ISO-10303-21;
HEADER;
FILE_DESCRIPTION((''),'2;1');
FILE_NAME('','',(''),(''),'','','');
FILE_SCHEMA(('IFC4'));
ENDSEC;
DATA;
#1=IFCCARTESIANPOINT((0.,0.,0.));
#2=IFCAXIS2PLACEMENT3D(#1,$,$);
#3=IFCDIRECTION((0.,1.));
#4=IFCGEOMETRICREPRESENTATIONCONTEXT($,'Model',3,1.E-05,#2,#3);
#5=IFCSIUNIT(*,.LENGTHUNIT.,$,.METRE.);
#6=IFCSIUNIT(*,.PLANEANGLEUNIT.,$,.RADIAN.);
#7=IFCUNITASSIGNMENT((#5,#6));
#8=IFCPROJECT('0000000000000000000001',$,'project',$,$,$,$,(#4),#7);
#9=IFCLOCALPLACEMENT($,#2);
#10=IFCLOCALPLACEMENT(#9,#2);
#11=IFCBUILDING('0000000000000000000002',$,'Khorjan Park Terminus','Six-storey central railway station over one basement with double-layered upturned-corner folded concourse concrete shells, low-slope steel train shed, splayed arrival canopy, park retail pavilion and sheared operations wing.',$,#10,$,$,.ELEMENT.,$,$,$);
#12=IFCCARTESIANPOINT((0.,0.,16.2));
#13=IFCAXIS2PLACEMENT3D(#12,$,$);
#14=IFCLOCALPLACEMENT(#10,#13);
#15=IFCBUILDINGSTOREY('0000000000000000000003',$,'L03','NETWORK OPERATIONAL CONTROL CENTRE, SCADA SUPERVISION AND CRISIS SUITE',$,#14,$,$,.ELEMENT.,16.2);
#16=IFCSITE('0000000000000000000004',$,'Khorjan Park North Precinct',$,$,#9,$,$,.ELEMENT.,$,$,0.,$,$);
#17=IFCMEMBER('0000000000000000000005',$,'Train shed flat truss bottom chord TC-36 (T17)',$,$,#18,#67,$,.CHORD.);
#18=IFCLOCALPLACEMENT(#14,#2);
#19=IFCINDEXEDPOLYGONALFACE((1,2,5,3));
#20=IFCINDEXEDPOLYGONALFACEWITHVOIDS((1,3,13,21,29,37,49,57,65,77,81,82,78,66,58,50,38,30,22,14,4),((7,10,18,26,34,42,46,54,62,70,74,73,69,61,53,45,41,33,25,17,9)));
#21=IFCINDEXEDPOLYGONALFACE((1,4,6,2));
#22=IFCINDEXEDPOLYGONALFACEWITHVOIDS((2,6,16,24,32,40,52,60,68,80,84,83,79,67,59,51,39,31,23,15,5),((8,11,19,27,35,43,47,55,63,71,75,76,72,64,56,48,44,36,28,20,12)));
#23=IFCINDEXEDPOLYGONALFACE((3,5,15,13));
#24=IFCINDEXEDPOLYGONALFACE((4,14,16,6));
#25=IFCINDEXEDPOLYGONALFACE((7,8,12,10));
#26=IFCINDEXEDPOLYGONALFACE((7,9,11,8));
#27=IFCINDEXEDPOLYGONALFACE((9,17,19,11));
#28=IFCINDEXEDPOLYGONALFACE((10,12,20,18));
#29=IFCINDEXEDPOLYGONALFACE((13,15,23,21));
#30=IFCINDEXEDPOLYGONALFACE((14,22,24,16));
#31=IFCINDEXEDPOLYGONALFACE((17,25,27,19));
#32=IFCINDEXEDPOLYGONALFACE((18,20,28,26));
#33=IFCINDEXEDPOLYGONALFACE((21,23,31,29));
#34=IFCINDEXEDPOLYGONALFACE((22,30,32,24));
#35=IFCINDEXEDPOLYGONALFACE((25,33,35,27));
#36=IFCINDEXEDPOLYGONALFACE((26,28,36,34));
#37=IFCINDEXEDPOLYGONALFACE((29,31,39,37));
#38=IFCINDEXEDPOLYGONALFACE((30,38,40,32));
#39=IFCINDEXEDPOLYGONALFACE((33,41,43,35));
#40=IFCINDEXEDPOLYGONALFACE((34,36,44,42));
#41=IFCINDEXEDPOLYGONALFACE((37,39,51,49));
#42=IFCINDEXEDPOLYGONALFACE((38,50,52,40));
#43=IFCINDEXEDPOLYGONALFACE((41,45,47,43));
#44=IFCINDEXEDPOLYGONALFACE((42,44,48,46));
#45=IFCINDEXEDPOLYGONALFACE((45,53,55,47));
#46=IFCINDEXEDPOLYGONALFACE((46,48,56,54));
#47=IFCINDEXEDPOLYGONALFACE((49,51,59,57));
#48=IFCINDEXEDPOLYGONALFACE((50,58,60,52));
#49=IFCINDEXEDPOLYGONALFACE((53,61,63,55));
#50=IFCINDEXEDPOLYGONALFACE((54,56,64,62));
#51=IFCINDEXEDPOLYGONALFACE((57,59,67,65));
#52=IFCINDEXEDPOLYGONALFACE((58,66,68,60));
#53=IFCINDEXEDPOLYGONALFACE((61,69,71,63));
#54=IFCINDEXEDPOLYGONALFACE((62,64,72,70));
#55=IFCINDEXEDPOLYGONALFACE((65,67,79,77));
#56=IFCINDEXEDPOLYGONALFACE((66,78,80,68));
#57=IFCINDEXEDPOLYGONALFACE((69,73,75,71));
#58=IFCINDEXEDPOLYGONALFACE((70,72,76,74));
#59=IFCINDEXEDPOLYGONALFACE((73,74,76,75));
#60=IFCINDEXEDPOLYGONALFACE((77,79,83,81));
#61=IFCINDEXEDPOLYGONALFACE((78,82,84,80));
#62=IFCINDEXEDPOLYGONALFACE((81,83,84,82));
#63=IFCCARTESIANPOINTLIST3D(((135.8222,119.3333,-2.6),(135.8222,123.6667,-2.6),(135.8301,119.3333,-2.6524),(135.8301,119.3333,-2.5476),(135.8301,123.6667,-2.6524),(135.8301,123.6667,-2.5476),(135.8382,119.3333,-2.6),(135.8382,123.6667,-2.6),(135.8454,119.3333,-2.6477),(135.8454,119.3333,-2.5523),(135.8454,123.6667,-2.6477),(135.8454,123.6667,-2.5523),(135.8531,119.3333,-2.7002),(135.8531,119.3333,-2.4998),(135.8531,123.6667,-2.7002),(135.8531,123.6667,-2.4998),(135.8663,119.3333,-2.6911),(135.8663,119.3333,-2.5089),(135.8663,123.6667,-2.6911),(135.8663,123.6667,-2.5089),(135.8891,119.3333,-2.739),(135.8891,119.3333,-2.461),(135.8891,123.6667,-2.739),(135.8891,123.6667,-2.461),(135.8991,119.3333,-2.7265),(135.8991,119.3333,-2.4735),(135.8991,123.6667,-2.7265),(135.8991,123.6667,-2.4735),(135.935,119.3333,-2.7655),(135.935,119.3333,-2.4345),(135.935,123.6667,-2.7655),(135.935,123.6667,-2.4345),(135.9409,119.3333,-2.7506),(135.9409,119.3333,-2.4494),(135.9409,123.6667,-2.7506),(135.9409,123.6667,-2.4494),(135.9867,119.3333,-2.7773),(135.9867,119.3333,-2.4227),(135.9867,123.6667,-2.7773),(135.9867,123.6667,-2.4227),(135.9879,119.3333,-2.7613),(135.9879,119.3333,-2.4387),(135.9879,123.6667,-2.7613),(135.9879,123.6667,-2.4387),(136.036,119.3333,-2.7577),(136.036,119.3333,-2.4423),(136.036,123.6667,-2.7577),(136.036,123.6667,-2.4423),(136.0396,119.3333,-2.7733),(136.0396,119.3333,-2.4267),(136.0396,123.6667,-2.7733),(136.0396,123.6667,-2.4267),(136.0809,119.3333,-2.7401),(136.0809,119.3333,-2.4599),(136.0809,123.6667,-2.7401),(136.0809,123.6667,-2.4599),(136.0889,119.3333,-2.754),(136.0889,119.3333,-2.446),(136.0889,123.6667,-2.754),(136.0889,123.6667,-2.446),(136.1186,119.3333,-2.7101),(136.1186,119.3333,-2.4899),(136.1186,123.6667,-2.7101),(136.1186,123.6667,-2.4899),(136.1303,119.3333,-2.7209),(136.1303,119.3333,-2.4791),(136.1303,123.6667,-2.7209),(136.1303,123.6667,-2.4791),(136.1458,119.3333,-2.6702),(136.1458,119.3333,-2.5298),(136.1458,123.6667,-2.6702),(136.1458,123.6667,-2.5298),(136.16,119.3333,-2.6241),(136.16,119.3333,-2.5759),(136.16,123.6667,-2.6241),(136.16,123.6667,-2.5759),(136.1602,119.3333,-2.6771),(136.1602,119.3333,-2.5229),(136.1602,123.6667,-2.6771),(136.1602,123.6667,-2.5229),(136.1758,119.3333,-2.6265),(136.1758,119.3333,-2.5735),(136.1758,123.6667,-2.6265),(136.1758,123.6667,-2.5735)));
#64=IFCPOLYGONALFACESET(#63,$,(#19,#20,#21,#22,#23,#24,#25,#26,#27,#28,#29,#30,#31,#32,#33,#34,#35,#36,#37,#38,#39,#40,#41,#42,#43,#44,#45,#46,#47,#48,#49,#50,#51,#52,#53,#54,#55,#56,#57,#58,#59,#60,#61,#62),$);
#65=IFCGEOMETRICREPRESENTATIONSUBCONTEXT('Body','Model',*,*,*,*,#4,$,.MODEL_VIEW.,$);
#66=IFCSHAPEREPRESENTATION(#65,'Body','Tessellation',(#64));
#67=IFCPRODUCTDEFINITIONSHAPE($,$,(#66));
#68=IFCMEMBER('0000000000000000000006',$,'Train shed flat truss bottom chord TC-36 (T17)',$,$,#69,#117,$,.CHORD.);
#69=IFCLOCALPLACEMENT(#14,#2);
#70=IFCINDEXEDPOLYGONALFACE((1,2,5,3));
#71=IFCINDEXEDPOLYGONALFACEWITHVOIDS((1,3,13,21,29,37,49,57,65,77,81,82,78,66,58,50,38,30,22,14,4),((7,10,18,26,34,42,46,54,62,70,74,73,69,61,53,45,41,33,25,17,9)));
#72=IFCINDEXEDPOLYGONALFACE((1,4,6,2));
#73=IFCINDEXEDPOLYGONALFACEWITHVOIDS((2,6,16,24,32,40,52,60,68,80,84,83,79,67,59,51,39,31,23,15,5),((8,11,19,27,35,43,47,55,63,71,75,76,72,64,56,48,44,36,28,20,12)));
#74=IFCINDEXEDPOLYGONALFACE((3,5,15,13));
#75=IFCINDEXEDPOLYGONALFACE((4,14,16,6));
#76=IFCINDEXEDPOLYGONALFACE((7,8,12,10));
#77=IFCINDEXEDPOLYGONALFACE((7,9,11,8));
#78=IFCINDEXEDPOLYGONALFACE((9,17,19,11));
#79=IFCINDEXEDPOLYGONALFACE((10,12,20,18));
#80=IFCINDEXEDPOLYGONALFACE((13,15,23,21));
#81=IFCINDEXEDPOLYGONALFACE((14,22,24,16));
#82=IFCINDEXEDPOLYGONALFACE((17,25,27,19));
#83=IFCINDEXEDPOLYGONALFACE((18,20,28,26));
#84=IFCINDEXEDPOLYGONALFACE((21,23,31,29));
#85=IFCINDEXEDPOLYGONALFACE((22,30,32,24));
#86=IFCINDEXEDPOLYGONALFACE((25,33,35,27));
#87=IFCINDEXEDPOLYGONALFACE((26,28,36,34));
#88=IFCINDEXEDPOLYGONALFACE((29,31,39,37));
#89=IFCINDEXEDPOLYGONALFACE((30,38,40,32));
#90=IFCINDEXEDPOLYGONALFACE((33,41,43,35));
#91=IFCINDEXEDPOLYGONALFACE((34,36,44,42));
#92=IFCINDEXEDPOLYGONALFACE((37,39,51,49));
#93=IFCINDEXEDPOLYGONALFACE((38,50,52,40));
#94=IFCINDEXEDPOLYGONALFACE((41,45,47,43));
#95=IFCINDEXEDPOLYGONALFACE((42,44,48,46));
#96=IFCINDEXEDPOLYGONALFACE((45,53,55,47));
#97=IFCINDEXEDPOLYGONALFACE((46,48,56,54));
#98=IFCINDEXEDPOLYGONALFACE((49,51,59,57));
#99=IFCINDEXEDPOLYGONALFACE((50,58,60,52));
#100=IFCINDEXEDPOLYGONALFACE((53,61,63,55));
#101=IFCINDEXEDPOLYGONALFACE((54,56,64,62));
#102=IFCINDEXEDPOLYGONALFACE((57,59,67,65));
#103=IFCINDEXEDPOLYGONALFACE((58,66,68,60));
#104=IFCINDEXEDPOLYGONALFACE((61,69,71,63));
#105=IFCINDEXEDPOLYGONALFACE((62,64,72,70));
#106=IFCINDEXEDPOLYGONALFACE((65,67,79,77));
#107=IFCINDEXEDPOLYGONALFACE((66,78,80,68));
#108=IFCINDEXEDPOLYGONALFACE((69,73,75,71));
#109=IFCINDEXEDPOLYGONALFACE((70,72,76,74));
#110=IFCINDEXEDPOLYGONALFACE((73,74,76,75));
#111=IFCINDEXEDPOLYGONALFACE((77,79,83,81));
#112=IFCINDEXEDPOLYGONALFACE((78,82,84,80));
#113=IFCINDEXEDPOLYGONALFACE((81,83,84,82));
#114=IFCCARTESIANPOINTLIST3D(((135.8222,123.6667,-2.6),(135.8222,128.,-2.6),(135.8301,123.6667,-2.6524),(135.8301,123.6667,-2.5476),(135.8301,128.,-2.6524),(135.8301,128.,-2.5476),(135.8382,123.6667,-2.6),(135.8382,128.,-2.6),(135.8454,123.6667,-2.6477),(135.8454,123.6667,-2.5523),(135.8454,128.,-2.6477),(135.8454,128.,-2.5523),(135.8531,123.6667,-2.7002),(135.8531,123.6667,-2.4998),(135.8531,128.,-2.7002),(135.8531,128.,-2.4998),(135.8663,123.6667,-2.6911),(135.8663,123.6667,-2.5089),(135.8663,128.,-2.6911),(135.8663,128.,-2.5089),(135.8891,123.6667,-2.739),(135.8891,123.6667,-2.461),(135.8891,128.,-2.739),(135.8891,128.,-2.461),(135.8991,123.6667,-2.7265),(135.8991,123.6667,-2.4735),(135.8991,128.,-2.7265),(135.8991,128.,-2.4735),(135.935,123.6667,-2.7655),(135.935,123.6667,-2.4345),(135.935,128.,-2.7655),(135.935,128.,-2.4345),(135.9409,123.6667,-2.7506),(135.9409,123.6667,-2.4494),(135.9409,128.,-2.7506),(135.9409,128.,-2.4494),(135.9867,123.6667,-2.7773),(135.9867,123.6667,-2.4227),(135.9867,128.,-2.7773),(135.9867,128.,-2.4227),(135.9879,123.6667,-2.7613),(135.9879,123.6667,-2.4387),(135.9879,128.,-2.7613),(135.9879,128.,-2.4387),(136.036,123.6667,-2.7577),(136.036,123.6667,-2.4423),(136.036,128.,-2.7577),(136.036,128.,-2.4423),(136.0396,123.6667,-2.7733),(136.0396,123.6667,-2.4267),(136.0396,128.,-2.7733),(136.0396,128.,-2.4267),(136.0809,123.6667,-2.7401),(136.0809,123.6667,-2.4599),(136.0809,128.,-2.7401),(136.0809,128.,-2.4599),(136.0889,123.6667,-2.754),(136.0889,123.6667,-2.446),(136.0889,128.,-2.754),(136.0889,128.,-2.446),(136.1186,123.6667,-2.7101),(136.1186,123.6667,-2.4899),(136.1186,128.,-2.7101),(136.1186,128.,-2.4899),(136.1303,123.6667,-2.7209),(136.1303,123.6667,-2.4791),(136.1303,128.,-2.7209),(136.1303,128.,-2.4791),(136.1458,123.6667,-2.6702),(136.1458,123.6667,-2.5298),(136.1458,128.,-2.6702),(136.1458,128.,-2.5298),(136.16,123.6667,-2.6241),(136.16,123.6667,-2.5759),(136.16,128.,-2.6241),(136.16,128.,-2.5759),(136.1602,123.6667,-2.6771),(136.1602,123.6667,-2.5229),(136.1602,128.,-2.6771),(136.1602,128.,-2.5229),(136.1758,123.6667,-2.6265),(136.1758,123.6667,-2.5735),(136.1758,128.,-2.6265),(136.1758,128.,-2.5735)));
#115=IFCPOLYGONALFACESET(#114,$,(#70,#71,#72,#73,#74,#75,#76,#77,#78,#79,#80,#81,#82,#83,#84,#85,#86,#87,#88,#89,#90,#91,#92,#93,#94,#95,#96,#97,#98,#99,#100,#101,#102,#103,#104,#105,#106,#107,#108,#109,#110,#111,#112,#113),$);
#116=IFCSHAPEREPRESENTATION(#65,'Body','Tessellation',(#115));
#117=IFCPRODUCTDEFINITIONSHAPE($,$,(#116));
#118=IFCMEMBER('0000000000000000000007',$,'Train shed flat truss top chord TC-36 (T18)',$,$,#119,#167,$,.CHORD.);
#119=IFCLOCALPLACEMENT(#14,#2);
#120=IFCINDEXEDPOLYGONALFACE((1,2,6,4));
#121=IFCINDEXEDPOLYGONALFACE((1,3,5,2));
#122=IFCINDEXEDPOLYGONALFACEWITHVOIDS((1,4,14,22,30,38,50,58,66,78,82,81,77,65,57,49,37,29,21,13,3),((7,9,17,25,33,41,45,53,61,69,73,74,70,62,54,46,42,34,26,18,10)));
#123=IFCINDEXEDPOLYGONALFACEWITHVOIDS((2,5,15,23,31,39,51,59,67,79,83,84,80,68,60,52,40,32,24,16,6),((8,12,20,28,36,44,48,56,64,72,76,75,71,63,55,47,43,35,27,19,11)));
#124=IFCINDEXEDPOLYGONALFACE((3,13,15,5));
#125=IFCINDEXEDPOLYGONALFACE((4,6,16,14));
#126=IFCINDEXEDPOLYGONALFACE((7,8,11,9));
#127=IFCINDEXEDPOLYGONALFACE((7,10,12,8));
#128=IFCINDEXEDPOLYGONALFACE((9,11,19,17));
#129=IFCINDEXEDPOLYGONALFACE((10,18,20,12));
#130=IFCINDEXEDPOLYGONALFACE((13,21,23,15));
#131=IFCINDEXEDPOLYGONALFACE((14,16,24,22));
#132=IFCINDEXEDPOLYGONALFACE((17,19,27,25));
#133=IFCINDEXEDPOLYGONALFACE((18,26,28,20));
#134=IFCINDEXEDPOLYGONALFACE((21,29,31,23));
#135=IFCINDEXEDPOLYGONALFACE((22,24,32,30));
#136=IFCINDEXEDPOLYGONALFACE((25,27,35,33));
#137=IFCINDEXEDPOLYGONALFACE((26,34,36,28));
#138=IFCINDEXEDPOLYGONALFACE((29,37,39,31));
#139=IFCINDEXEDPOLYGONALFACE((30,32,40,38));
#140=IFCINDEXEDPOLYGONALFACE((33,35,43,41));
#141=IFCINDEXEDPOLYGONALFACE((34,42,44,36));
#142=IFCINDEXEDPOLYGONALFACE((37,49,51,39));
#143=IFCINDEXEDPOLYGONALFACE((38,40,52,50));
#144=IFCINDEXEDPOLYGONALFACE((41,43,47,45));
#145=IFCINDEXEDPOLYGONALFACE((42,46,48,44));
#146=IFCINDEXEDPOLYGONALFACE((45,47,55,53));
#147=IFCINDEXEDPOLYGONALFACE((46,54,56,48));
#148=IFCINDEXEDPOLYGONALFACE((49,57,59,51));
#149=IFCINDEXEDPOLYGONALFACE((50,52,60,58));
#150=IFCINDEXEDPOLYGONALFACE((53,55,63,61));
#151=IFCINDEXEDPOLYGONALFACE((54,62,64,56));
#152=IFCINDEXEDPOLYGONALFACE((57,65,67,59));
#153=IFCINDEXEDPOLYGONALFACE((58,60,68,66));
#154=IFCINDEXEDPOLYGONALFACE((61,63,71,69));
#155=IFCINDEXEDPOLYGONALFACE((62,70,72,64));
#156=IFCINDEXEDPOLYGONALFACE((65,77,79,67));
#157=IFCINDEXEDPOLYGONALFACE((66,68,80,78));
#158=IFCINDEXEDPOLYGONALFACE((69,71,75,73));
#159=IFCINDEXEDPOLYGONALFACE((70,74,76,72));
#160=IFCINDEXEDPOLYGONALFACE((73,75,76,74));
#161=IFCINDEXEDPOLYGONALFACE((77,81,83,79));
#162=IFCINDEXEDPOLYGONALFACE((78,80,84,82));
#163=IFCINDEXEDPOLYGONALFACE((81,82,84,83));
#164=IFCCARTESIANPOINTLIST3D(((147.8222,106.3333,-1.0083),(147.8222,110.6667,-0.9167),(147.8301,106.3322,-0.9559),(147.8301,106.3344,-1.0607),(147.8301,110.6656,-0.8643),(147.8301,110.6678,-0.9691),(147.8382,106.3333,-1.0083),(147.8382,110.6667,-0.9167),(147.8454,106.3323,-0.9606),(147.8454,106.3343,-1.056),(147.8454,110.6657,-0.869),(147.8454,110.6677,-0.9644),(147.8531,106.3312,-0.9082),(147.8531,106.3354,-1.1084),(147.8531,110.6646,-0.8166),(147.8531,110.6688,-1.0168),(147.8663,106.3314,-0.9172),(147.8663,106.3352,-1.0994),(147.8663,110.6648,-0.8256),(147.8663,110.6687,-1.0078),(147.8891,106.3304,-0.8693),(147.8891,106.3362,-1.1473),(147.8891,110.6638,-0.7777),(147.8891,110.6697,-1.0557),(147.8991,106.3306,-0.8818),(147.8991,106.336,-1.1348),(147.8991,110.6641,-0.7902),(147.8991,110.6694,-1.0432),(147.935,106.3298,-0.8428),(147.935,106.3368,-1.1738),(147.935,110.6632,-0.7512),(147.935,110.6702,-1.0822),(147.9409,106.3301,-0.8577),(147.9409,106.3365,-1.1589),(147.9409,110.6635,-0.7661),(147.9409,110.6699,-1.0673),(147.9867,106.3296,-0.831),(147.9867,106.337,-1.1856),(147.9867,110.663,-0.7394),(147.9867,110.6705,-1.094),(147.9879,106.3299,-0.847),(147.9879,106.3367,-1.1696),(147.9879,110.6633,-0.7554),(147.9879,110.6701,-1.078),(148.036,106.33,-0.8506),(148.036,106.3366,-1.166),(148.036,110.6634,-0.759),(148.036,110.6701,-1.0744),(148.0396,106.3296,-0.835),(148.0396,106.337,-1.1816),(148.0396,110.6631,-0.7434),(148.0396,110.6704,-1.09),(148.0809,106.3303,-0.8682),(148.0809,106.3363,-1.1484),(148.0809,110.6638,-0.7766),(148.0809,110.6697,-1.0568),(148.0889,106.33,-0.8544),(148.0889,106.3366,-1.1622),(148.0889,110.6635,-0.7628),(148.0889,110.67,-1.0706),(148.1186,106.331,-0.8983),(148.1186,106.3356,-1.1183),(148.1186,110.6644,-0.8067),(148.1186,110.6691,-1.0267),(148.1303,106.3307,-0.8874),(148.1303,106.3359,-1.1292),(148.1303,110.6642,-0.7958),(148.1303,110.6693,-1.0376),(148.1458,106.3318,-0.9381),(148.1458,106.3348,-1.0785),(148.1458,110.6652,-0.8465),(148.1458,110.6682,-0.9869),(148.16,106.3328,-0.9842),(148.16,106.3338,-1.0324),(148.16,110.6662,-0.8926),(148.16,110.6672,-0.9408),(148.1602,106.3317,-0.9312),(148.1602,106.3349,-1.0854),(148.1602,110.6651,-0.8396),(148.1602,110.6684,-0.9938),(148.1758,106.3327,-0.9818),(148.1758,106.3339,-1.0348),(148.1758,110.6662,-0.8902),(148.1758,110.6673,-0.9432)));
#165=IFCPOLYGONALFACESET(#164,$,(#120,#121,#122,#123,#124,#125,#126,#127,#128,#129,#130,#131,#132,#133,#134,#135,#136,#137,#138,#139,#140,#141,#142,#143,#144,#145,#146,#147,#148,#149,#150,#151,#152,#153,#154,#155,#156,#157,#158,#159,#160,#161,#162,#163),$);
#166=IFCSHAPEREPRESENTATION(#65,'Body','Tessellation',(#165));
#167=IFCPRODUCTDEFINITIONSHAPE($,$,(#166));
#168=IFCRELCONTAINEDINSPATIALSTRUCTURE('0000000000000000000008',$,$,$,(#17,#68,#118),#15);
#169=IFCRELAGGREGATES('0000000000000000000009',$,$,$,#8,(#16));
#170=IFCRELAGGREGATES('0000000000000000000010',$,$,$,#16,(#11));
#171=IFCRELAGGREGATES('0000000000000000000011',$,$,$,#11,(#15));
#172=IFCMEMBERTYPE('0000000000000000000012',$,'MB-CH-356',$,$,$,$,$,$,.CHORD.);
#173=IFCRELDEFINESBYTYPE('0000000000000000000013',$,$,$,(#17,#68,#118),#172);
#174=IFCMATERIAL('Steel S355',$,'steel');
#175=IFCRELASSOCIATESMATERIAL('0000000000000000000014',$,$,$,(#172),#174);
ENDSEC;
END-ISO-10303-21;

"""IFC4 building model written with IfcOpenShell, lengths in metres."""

from ifc_helpers import new_model, si_unit, direction, frame, origin, origin_2d, place, context, subcontext, project, spatial, hollow_circle, extrude, material, material_profile, profile_set, type_object, element, save


model = new_model("IFC4")

# Units and contexts
model_context = context("Model", 3, precision=1e-05, world=origin(), true_north=direction((0.0, 1.0)))
body_context = subcontext(model_context, "Body", "Model", "MODEL_VIEW")
ifc_project = project(units=[si_unit("LENGTHUNIT", "METRE"), si_unit("PLANEANGLEUNIT", "RADIAN")], contexts=[model_context])

# Site, building, storey
site_placement = place(None, origin())
site = spatial("IfcSite", under=ifc_project, at=site_placement, Name="Khorjan Park North Precinct", CompositionType="ELEMENT", RefElevation=0.0)
building_placement = place(site_placement, origin())
building = spatial("IfcBuilding", under=site, at=building_placement, Name="Khorjan Park Terminus", Description="Six-storey central railway station over one basement with double-layered upturned-corner folded concourse concrete shells, low-slope steel train shed, splayed arrival canopy, park retail pavilion and sheared operations wing.", CompositionType="ELEMENT")
storey_placement = place(building_placement, frame((0.0, 0.0, 16.2)))
storey = spatial("IfcBuildingStorey", under=building, at=storey_placement, Name="L03", Description="NETWORK OPERATIONAL CONTROL CENTRE, SCADA SUPERVISION AND CRISIS SUITE", CompositionType="ELEMENT", Elevation=16.2)

# Members
ifc_material = material(Name="Steel S355", Category="steel")
ifc_material_profile_1 = material_profile(ifc_material, hollow_circle(Radius=0.1778, WallThickness=0.016, at=origin_2d()), Name="CHS 355.6x16")
ifc_profile_set_1 = profile_set([ifc_material_profile_1], Name="Steel S355")
member_type_1 = type_object("IfcMemberType", Name="MB-CH-356", PredefinedType="CHORD", material=ifc_profile_set_1)
member_1_placement = place(storey_placement, frame((136.0, 119.3333, -2.6), z_axis=(0.0, 1.0, 0.0), x_axis=(-1.0, 0.0, 0.0)))
element("IfcMember", 1, at=member_1_placement, inside=storey, type_object=member_type_1, Name="Train shed flat truss bottom chord TC-36 (T17)", PredefinedType="CHORD", context=body_context, shape_type="SweptSolid", body=[
    extrude(hollow_circle(Radius=0.1778, WallThickness=0.016, at=origin_2d()), origin(), (0.0, 0.0, 1.0), 4.3334),
])
member_2_placement = place(storey_placement, frame((136.0, 123.6667, -2.6), z_axis=(0.0, 1.0, 0.0), x_axis=(-1.0, 0.0, 0.0)))
element("IfcMember", 2, at=member_2_placement, inside=storey, type_object=member_type_1, Name="Train shed flat truss bottom chord TC-36 (T17)", PredefinedType="CHORD", context=body_context, shape_type="SweptSolid", body=[
    extrude(hollow_circle(Radius=0.1778, WallThickness=0.016, at=origin_2d()), origin(), (0.0, 0.0, 1.0), 4.3333),
])
member_3_placement = place(storey_placement, frame((148.0, 106.3333, -1.0083), z_axis=(0.0, 0.999777, 0.021133), x_axis=(-1.0, 0.0, 0.0)))
element("IfcMember", 3, at=member_3_placement, inside=storey, type_object=member_type_1, Name="Train shed flat truss top chord TC-36 (T18)", PredefinedType="CHORD", context=body_context, shape_type="SweptSolid", body=[
    extrude(hollow_circle(Radius=0.1778, WallThickness=0.016, at=origin_2d()), origin(), (0.0, 0.0, 1.0), 4.3344),
])

save(model, "model.ifc")
